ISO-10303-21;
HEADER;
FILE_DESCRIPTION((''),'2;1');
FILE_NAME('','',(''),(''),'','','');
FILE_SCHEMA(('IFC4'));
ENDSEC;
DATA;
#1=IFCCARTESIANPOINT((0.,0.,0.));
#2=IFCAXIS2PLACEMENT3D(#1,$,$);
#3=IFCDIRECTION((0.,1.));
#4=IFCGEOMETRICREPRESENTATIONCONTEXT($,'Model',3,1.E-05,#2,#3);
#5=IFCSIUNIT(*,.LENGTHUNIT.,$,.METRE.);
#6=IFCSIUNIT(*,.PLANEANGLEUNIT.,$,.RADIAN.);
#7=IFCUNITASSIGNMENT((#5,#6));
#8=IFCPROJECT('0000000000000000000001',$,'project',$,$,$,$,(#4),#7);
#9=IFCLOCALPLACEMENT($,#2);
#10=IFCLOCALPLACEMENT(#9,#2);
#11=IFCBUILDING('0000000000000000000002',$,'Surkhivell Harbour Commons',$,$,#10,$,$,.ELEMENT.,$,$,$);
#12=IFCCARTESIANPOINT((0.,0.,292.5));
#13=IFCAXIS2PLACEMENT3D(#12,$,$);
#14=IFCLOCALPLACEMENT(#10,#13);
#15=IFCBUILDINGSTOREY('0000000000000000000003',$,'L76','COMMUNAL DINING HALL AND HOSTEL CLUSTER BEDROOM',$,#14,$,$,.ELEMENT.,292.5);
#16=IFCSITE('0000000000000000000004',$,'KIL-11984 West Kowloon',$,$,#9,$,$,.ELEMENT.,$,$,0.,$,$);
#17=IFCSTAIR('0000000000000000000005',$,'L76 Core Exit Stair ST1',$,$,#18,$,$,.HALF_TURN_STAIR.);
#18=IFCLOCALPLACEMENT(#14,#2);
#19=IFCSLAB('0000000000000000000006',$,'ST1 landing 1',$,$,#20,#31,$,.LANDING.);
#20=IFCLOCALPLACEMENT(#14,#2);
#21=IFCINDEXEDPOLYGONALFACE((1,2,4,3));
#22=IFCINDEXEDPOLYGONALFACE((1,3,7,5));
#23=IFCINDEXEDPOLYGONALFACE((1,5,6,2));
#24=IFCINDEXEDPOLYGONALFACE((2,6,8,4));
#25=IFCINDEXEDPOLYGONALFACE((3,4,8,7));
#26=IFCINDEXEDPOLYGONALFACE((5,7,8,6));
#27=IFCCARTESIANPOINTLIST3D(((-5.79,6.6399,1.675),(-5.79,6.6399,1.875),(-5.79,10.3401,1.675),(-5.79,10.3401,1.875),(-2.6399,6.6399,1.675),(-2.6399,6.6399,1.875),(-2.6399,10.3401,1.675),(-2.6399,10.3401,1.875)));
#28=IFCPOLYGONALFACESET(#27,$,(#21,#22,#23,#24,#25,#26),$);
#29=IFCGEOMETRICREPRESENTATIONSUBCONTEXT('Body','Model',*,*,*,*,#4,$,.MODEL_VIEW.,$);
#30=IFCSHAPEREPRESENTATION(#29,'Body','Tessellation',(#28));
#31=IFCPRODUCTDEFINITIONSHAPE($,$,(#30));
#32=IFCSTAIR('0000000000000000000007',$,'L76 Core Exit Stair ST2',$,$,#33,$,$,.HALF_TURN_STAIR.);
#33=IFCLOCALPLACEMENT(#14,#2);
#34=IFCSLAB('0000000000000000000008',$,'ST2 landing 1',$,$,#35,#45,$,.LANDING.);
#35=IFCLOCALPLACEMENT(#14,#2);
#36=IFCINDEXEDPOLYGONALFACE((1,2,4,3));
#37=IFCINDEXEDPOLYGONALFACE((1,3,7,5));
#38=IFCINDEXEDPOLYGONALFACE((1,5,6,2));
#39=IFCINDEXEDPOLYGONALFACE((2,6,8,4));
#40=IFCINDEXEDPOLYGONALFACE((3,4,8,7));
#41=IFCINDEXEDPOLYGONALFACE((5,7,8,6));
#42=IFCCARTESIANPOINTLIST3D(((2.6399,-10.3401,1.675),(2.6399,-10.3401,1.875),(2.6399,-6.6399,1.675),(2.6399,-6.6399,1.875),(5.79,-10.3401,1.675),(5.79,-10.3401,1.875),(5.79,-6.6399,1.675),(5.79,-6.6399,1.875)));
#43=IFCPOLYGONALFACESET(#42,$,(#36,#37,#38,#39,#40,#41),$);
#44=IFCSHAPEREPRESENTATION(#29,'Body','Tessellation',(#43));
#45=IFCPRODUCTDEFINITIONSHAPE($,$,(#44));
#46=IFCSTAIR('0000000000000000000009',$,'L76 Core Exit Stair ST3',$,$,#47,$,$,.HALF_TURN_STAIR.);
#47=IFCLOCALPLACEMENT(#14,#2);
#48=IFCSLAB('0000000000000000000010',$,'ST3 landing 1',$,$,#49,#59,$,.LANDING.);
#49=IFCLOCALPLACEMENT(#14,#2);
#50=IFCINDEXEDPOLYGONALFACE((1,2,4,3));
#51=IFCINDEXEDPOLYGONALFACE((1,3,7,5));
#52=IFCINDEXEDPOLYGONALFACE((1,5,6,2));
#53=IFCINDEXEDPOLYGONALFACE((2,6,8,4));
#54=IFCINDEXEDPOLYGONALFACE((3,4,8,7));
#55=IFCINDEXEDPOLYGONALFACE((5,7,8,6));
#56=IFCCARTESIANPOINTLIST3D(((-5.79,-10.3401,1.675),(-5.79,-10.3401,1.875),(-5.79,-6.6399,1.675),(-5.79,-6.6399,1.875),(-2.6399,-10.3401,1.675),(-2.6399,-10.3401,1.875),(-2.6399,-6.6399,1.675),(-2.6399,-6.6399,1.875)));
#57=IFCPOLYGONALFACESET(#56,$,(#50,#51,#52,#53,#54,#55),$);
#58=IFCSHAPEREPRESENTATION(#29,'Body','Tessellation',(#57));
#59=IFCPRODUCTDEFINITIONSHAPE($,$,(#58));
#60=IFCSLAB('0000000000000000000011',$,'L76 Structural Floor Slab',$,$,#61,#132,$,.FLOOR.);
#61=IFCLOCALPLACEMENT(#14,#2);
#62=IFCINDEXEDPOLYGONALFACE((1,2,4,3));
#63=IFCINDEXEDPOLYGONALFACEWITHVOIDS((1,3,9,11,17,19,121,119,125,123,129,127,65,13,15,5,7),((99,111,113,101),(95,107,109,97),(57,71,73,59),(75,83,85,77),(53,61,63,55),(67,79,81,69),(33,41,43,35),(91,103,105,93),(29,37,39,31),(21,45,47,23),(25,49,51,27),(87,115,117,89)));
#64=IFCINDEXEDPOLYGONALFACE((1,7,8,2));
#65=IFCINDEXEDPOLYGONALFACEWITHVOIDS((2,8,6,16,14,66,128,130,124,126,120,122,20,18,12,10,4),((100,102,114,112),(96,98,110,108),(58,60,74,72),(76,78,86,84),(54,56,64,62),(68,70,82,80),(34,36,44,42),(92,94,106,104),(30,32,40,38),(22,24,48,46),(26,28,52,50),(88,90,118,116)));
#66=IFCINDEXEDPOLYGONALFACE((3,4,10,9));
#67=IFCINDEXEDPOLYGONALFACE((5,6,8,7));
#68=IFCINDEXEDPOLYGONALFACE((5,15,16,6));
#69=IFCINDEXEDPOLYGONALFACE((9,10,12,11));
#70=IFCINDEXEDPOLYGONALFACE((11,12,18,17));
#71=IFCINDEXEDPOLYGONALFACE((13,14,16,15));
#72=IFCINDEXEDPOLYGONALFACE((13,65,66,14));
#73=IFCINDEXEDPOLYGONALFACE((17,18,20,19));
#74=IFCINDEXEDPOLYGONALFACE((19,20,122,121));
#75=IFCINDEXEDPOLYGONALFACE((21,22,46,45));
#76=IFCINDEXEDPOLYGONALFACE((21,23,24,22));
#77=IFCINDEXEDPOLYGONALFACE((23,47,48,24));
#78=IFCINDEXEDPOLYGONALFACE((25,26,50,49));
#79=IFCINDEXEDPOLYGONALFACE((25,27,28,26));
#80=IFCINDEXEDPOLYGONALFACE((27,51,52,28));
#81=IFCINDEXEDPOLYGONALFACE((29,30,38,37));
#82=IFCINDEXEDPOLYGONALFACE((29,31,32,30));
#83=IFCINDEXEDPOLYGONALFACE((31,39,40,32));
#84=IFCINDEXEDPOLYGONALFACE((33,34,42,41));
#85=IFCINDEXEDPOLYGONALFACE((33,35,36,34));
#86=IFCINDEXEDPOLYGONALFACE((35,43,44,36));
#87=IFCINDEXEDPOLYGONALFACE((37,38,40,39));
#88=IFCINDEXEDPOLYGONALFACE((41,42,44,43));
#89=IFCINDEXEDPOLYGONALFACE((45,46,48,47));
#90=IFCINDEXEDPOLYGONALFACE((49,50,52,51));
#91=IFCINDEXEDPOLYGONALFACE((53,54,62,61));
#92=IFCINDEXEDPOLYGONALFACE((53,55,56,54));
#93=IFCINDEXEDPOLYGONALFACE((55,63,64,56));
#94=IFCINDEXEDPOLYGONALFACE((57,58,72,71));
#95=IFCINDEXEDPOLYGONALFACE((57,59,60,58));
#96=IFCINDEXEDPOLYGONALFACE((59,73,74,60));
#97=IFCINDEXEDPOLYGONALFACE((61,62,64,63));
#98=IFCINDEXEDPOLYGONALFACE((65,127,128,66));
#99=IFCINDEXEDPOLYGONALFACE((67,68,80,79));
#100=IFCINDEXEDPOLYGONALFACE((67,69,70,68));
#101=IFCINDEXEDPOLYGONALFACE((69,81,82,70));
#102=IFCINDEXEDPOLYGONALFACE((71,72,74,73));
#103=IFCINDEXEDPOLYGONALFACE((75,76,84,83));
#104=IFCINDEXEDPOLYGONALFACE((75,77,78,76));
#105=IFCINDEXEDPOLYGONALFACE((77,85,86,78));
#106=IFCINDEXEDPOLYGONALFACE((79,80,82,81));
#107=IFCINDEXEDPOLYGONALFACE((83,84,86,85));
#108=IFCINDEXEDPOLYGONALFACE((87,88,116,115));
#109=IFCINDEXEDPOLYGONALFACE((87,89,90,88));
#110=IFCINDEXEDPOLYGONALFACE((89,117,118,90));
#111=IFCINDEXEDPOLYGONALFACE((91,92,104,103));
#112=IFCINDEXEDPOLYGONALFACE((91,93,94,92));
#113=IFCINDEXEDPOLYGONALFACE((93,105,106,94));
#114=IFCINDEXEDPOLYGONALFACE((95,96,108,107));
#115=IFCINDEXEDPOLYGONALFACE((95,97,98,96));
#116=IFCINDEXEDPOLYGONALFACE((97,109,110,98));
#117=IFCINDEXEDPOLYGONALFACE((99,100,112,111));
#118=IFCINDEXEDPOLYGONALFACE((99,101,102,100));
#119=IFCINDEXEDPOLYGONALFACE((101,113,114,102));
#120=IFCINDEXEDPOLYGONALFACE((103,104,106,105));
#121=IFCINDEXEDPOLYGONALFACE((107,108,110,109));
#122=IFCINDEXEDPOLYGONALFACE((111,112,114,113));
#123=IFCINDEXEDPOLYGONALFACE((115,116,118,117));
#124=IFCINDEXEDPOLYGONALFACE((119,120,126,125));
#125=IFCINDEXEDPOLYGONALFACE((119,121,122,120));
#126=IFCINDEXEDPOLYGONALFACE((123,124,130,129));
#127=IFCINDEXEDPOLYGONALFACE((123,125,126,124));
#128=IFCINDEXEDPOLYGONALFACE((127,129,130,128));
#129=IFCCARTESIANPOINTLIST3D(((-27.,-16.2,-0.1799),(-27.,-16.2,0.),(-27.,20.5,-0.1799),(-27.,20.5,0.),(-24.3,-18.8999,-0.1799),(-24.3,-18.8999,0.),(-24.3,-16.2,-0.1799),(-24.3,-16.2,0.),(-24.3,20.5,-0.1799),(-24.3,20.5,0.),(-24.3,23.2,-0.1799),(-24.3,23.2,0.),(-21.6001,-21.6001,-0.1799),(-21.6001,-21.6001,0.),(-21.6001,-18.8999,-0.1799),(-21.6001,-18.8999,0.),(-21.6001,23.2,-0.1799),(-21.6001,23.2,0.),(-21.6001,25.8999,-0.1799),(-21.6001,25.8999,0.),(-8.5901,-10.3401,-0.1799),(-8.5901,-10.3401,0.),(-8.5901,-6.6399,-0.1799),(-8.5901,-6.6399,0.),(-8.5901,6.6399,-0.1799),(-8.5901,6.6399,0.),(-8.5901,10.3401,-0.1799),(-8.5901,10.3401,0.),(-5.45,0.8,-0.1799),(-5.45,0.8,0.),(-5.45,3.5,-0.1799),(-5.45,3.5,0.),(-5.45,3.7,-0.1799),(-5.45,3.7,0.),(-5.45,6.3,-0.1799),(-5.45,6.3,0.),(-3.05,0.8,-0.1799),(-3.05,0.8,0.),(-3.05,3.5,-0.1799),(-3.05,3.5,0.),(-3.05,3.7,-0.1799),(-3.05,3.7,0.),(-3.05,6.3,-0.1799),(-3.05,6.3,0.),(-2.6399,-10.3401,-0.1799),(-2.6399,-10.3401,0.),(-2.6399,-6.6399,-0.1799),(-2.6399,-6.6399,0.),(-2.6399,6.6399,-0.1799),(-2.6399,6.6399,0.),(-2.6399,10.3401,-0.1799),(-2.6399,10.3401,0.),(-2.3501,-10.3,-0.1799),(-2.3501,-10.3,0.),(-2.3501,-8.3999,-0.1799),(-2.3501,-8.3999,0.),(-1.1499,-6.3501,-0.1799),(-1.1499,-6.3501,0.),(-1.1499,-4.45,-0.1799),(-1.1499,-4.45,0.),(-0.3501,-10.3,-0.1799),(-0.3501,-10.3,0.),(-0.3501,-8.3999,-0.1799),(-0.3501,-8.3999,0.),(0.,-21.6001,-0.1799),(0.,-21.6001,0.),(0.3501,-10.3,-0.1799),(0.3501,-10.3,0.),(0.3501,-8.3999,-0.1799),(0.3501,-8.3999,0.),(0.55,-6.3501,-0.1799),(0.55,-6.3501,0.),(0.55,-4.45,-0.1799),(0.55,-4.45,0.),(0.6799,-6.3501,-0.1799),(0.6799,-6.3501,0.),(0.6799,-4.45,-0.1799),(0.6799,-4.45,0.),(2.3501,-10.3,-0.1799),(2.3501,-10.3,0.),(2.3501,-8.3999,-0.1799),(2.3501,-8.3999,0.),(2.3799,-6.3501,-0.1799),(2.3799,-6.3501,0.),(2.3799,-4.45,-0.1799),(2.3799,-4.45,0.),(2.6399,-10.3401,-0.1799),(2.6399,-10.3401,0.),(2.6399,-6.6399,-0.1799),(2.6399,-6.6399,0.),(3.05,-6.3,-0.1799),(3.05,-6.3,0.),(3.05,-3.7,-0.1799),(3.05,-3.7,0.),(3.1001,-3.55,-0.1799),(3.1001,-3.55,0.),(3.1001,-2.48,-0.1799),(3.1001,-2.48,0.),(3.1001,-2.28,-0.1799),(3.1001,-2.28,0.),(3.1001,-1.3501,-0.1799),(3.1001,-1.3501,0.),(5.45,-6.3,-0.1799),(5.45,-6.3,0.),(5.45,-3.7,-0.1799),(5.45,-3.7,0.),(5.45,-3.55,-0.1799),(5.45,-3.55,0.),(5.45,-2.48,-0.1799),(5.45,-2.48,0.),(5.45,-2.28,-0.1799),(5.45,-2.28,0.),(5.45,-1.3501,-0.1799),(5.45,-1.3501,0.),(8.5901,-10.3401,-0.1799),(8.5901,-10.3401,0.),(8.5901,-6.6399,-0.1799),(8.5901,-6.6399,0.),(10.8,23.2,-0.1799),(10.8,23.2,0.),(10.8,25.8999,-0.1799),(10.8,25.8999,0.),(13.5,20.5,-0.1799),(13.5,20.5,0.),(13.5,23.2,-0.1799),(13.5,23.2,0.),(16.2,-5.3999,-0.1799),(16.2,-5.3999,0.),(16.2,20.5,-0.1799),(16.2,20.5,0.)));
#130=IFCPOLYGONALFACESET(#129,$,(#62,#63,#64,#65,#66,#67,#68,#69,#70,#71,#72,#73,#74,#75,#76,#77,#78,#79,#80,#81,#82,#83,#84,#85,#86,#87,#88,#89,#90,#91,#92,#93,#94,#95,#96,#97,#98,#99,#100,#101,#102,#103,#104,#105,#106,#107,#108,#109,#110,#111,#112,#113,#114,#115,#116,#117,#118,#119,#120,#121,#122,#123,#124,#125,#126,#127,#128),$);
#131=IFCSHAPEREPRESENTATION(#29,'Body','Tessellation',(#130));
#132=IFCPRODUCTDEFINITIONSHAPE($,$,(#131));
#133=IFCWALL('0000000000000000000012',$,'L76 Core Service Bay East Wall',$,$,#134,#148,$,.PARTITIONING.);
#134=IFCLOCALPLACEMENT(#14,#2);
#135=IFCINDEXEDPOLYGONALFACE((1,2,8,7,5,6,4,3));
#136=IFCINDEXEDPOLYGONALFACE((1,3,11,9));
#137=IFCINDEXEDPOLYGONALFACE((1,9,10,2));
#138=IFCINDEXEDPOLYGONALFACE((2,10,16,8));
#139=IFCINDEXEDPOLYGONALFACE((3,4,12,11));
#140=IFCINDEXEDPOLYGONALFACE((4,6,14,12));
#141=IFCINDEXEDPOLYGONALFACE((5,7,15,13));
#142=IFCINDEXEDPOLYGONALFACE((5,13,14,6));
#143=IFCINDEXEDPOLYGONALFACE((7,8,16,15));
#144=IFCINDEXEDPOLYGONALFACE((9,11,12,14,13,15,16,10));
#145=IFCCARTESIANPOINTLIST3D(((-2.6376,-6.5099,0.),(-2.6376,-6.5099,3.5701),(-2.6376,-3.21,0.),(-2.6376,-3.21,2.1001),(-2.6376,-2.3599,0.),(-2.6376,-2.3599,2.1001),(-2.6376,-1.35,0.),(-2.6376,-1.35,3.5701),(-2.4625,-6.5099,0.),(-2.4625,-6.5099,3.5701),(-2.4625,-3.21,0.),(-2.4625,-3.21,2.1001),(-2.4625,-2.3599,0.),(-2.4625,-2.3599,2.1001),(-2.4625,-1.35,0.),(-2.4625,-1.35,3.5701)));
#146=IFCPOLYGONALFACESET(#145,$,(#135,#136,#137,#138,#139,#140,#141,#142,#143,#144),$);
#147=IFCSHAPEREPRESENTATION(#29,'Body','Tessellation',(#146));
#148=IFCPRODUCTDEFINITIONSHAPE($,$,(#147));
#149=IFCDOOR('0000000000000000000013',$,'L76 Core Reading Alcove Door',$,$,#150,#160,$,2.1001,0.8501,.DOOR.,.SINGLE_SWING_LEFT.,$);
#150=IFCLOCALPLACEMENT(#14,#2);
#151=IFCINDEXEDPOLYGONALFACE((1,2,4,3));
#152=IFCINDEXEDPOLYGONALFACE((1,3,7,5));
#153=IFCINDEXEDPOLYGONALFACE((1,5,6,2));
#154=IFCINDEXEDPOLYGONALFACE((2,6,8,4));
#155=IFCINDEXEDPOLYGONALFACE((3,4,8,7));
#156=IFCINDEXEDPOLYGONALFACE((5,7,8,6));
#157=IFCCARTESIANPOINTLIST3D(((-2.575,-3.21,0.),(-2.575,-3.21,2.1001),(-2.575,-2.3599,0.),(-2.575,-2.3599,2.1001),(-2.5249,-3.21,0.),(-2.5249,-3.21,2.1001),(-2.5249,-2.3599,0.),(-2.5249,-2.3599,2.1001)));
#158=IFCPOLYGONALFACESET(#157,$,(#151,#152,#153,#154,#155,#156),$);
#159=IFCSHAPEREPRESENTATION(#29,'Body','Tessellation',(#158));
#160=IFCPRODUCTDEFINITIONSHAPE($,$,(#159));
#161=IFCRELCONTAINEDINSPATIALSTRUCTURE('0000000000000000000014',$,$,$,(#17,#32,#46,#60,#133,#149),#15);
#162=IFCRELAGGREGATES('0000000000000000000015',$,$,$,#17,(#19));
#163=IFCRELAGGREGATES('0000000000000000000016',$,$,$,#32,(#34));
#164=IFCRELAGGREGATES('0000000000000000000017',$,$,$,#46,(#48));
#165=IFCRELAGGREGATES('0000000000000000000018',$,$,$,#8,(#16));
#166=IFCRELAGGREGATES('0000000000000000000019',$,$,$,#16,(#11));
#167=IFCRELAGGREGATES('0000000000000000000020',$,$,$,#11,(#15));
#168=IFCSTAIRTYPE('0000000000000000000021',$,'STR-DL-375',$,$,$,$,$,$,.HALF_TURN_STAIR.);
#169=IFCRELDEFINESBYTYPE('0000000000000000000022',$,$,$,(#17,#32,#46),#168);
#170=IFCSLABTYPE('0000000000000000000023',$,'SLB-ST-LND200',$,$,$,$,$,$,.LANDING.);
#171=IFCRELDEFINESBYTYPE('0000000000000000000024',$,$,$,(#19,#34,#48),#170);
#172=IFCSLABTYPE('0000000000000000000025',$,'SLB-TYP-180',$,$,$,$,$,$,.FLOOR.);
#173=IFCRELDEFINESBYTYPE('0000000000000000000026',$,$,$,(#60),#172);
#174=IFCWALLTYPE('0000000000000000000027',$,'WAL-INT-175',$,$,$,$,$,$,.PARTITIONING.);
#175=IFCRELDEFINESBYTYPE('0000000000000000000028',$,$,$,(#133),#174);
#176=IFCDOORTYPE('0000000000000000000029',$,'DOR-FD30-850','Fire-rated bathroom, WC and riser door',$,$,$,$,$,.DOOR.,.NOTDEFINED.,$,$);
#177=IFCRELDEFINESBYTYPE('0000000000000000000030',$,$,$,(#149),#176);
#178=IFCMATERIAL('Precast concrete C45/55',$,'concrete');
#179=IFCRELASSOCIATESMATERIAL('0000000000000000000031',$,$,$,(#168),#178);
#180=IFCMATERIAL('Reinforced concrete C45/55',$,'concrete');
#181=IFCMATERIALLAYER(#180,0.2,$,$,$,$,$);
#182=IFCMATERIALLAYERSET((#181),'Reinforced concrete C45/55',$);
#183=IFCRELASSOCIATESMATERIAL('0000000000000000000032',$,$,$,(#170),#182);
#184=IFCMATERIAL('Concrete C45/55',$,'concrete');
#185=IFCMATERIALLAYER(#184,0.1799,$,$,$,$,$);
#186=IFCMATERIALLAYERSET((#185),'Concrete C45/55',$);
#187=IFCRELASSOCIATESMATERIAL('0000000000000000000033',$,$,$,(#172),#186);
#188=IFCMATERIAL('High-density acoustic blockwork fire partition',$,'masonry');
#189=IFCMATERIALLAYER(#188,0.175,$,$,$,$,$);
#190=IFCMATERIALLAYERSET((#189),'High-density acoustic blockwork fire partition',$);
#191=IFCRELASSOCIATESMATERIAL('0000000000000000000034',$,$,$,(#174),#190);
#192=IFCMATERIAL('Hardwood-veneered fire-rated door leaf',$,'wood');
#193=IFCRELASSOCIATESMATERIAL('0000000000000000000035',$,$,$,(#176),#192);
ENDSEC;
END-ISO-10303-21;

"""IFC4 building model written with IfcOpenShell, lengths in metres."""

from ifc_helpers import new_model, si_unit, direction, frame, frame_2d, origin, place, context, subcontext, project, spatial, polyline, rectangle, outline, extrude, material, layer, layer_set, type_object, element, fill, aggregate, save


model = new_model("IFC4")

# Units and contexts
model_context = context("Model", 3, precision=1e-05, world=origin(), true_north=direction((0.0, 1.0)))
body_context = subcontext(model_context, "Body", "Model", "MODEL_VIEW")
ifc_project = project(units=[si_unit("LENGTHUNIT", "METRE"), si_unit("PLANEANGLEUNIT", "RADIAN")], contexts=[model_context])

# Site, building, storey
site_placement = place(None, origin())
site = spatial("IfcSite", under=ifc_project, at=site_placement, Name="KIL-11984 West Kowloon", CompositionType="ELEMENT", RefElevation=0.0)
building_placement = place(site_placement, origin())
building = spatial("IfcBuilding", under=site, at=building_placement, Name="Surkhivell Harbour Commons", CompositionType="ELEMENT")
storey_placement = place(building_placement, frame((0.0, 0.0, 292.5)))
storey = spatial("IfcBuildingStorey", under=building, at=storey_placement, Name="L76", Description="COMMUNAL DINING HALL AND HOSTEL CLUSTER BEDROOM", CompositionType="ELEMENT", Elevation=292.5)

# Stairs, slabs
ifc_material_1 = material(Name="Precast concrete C45/55", Category="concrete")
stair_type = type_object("IfcStairType", Name="STR-DL-375", PredefinedType="HALF_TURN_STAIR", material=ifc_material_1)
stair_1_placement = place(storey_placement, origin())
stair_1 = element("IfcStair", 1, at=stair_1_placement, inside=storey, type_object=stair_type, Name="L76 Core Exit Stair ST1", PredefinedType="HALF_TURN_STAIR")
ifc_material_2 = material(Name="Reinforced concrete C45/55", Category="concrete")
ifc_layer_1 = layer(ifc_material_2, 0.2)
ifc_layer_set_1 = layer_set([ifc_layer_1], Name="Reinforced concrete C45/55")
slab_type_1 = type_object("IfcSlabType", Name="SLB-ST-LND200", PredefinedType="LANDING", material=ifc_layer_set_1)
slab_1_placement = place(storey_placement, frame((0.0, 0.0, 1.675)))
slab_1 = element("IfcSlab", 2, at=slab_1_placement, type_object=slab_type_1, Name="ST1 landing 1", PredefinedType="LANDING", context=body_context, shape_type="SweptSolid", body=[
    extrude(outline(polyline([(-5.79, 6.6399), (-2.6399, 6.6399), (-2.6399, 10.3401), (-5.79, 10.3401), (-5.79, 6.6399)])), origin(), (0.0, 0.0, 1.0), 0.2),
])
aggregate(stair_1, [slab_1])
stair_2_placement = place(storey_placement, origin())
stair_2 = element("IfcStair", 3, at=stair_2_placement, inside=storey, type_object=stair_type, Name="L76 Core Exit Stair ST2", PredefinedType="HALF_TURN_STAIR")
slab_2_placement = place(storey_placement, frame((0.0, 0.0, 1.675)))
slab_2 = element("IfcSlab", 4, at=slab_2_placement, type_object=slab_type_1, Name="ST2 landing 1", PredefinedType="LANDING", context=body_context, shape_type="SweptSolid", body=[
    extrude(outline(polyline([(5.79, -6.6399), (2.6399, -6.6399), (2.6399, -10.3401), (5.79, -10.3401), (5.79, -6.6399)])), origin(), (0.0, 0.0, 1.0), 0.2),
])
aggregate(stair_2, [slab_2])
stair_3_placement = place(storey_placement, origin())
stair_3 = element("IfcStair", 5, at=stair_3_placement, inside=storey, type_object=stair_type, Name="L76 Core Exit Stair ST3", PredefinedType="HALF_TURN_STAIR")
slab_3_placement = place(storey_placement, frame((0.0, 0.0, 1.675)))
slab_3 = element("IfcSlab", 6, at=slab_3_placement, type_object=slab_type_1, Name="ST3 landing 1", PredefinedType="LANDING", context=body_context, shape_type="SweptSolid", body=[
    extrude(outline(polyline([(-5.79, -10.3401), (-2.6399, -10.3401), (-2.6399, -6.6399), (-5.79, -6.6399), (-5.79, -10.3401)])), origin(), (0.0, 0.0, 1.0), 0.2),
])
aggregate(stair_3, [slab_3])

# Slab
ifc_material_3 = material(Name="Concrete C45/55", Category="concrete")
ifc_layer_2 = layer(ifc_material_3, 0.1799)
ifc_layer_set_2 = layer_set([ifc_layer_2], Name="Concrete C45/55")
slab_type_2 = type_object("IfcSlabType", Name="SLB-TYP-180", PredefinedType="FLOOR", material=ifc_layer_set_2)
slab_4_placement = place(storey_placement, frame((0.0, 0.0, -0.1799)))
element("IfcSlab", 7, at=slab_4_placement, inside=storey, type_object=slab_type_2, Name="L76 Structural Floor Slab", PredefinedType="FLOOR", context=body_context, shape_type="SweptSolid", body=[
    extrude(outline(polyline([(-21.6001, -21.6001), (0.0, -21.6001), (16.2, -5.3999), (16.2, 20.5), (13.5, 20.5), (13.5, 23.2), (10.8, 23.2), (10.8, 25.8999), (-21.6001, 25.8999), (-21.6001, 23.2), (-24.3, 23.2), (-24.3, 20.5), (-27.0, 20.5), (-27.0, -16.2), (-24.3, -16.2), (-24.3, -18.8999), (-21.6001, -18.8999), (-21.6001, -21.6001)]), holes=[polyline([(-8.5901, 6.6399), (-2.6399, 6.6399), (-2.6399, 10.3401), (-8.5901, 10.3401), (-8.5901, 6.6399)]), polyline([(8.5901, -6.6399), (2.6399, -6.6399), (2.6399, -10.3401), (8.5901, -10.3401), (8.5901, -6.6399)]), polyline([(-8.5901, -10.3401), (-2.6399, -10.3401), (-2.6399, -6.6399), (-8.5901, -6.6399), (-8.5901, -10.3401)]), polyline([(-1.1499, -6.3501), (0.55, -6.3501), (0.55, -4.45), (-1.1499, -4.45), (-1.1499, -6.3501)]), polyline([(0.6799, -6.3501), (2.3799, -6.3501), (2.3799, -4.45), (0.6799, -4.45), (0.6799, -6.3501)]), polyline([(-2.3501, -10.3), (-0.3501, -10.3), (-0.3501, -8.3999), (-2.3501, -8.3999), (-2.3501, -10.3)]), polyline([(0.3501, -10.3), (2.3501, -10.3), (2.3501, -8.3999), (0.3501, -8.3999), (0.3501, -10.3)]), polyline([(-5.45, 3.7), (-3.05, 3.7), (-3.05, 6.3), (-5.45, 6.3), (-5.45, 3.7)]), polyline([(3.05, -6.3), (5.45, -6.3), (5.45, -3.7), (3.05, -3.7), (3.05, -6.3)]), polyline([(-5.45, 0.8), (-3.05, 0.8), (-3.05, 3.5), (-5.45, 3.5), (-5.45, 0.8)]), polyline([(3.1001, -3.55), (5.45, -3.55), (5.45, -2.48), (3.1001, -2.48), (3.1001, -3.55)]), polyline([(3.1001, -2.28), (5.45, -2.28), (5.45, -1.3501), (3.1001, -1.3501), (3.1001, -2.28)])]), origin(), (0.0, 0.0, 1.0), 0.1799),
])

# Wall, opening, door
ifc_material_4 = material(Name="High-density acoustic blockwork fire partition", Category="masonry")
ifc_layer_3 = layer(ifc_material_4, 0.175)
ifc_layer_set_3 = layer_set([ifc_layer_3], Name="High-density acoustic blockwork fire partition")
wall_type_1 = type_object("IfcWallType", Name="WAL-INT-175", PredefinedType="PARTITIONING", material=ifc_layer_set_3)
wall_1_placement = place(storey_placement, frame((-2.55, -6.51, 0.0), z_axis=(0.0, 0.0, 1.0), x_axis=(0.0, 1.0, 0.0)))
wall_1 = element("IfcWall", 8, at=wall_1_placement, inside=storey, type_object=wall_type_1, Name="L76 Core Service Bay East Wall", PredefinedType="PARTITIONING", context=body_context, shape_type="SweptSolid", body=[
    extrude(rectangle(XDim=5.1599, YDim=0.175, at=frame_2d((2.5801, 0.0))), origin(), (0.0, 0.0, 1.0), 3.5701),
])
opening_1_placement = place(wall_1_placement, frame((3.3, 0.0, 0.0)))
opening_1 = element("IfcOpeningElement", 9, at=opening_1_placement, cuts=wall_1, PredefinedType="OPENING", context=body_context, shape_type="SweptSolid", body=[
    extrude(rectangle(XDim=0.8501, YDim=2.1001, at=frame_2d((0.425, 1.05))), frame((0.0, 0.0974, 0.0), z_axis=(0.0, -1.0, 0.0), x_axis=(1.0, 0.0, 0.0)), (0.0, 0.0, 1.0), 0.1951),
])
ifc_material_5 = material(Name="Hardwood-veneered fire-rated door leaf", Category="wood")
door_type_1 = type_object("IfcDoorType", Name="DOR-FD30-850", Description="Fire-rated bathroom, WC and riser door", OperationType="NOTDEFINED", PredefinedType="DOOR", material=ifc_material_5)
door_1_placement = place(opening_1_placement, origin())
door_1 = element("IfcDoor", 10, at=door_1_placement, inside=storey, type_object=door_type_1, Name="L76 Core Reading Alcove Door", OperationType="SINGLE_SWING_LEFT", OverallHeight=2.1001, OverallWidth=0.8501, PredefinedType="DOOR", context=body_context, shape_type="SweptSolid", body=[
    extrude(rectangle(XDim=0.8501, YDim=2.1001, at=frame_2d((0.425, 1.05))), frame((0.0, 0.0249, 0.0), z_axis=(0.0, -1.0, 0.0), x_axis=(1.0, 0.0, 0.0)), (0.0, 0.0, 1.0), 0.05),
])
fill(opening_1, door_1)

save(model, "model.ifc")
